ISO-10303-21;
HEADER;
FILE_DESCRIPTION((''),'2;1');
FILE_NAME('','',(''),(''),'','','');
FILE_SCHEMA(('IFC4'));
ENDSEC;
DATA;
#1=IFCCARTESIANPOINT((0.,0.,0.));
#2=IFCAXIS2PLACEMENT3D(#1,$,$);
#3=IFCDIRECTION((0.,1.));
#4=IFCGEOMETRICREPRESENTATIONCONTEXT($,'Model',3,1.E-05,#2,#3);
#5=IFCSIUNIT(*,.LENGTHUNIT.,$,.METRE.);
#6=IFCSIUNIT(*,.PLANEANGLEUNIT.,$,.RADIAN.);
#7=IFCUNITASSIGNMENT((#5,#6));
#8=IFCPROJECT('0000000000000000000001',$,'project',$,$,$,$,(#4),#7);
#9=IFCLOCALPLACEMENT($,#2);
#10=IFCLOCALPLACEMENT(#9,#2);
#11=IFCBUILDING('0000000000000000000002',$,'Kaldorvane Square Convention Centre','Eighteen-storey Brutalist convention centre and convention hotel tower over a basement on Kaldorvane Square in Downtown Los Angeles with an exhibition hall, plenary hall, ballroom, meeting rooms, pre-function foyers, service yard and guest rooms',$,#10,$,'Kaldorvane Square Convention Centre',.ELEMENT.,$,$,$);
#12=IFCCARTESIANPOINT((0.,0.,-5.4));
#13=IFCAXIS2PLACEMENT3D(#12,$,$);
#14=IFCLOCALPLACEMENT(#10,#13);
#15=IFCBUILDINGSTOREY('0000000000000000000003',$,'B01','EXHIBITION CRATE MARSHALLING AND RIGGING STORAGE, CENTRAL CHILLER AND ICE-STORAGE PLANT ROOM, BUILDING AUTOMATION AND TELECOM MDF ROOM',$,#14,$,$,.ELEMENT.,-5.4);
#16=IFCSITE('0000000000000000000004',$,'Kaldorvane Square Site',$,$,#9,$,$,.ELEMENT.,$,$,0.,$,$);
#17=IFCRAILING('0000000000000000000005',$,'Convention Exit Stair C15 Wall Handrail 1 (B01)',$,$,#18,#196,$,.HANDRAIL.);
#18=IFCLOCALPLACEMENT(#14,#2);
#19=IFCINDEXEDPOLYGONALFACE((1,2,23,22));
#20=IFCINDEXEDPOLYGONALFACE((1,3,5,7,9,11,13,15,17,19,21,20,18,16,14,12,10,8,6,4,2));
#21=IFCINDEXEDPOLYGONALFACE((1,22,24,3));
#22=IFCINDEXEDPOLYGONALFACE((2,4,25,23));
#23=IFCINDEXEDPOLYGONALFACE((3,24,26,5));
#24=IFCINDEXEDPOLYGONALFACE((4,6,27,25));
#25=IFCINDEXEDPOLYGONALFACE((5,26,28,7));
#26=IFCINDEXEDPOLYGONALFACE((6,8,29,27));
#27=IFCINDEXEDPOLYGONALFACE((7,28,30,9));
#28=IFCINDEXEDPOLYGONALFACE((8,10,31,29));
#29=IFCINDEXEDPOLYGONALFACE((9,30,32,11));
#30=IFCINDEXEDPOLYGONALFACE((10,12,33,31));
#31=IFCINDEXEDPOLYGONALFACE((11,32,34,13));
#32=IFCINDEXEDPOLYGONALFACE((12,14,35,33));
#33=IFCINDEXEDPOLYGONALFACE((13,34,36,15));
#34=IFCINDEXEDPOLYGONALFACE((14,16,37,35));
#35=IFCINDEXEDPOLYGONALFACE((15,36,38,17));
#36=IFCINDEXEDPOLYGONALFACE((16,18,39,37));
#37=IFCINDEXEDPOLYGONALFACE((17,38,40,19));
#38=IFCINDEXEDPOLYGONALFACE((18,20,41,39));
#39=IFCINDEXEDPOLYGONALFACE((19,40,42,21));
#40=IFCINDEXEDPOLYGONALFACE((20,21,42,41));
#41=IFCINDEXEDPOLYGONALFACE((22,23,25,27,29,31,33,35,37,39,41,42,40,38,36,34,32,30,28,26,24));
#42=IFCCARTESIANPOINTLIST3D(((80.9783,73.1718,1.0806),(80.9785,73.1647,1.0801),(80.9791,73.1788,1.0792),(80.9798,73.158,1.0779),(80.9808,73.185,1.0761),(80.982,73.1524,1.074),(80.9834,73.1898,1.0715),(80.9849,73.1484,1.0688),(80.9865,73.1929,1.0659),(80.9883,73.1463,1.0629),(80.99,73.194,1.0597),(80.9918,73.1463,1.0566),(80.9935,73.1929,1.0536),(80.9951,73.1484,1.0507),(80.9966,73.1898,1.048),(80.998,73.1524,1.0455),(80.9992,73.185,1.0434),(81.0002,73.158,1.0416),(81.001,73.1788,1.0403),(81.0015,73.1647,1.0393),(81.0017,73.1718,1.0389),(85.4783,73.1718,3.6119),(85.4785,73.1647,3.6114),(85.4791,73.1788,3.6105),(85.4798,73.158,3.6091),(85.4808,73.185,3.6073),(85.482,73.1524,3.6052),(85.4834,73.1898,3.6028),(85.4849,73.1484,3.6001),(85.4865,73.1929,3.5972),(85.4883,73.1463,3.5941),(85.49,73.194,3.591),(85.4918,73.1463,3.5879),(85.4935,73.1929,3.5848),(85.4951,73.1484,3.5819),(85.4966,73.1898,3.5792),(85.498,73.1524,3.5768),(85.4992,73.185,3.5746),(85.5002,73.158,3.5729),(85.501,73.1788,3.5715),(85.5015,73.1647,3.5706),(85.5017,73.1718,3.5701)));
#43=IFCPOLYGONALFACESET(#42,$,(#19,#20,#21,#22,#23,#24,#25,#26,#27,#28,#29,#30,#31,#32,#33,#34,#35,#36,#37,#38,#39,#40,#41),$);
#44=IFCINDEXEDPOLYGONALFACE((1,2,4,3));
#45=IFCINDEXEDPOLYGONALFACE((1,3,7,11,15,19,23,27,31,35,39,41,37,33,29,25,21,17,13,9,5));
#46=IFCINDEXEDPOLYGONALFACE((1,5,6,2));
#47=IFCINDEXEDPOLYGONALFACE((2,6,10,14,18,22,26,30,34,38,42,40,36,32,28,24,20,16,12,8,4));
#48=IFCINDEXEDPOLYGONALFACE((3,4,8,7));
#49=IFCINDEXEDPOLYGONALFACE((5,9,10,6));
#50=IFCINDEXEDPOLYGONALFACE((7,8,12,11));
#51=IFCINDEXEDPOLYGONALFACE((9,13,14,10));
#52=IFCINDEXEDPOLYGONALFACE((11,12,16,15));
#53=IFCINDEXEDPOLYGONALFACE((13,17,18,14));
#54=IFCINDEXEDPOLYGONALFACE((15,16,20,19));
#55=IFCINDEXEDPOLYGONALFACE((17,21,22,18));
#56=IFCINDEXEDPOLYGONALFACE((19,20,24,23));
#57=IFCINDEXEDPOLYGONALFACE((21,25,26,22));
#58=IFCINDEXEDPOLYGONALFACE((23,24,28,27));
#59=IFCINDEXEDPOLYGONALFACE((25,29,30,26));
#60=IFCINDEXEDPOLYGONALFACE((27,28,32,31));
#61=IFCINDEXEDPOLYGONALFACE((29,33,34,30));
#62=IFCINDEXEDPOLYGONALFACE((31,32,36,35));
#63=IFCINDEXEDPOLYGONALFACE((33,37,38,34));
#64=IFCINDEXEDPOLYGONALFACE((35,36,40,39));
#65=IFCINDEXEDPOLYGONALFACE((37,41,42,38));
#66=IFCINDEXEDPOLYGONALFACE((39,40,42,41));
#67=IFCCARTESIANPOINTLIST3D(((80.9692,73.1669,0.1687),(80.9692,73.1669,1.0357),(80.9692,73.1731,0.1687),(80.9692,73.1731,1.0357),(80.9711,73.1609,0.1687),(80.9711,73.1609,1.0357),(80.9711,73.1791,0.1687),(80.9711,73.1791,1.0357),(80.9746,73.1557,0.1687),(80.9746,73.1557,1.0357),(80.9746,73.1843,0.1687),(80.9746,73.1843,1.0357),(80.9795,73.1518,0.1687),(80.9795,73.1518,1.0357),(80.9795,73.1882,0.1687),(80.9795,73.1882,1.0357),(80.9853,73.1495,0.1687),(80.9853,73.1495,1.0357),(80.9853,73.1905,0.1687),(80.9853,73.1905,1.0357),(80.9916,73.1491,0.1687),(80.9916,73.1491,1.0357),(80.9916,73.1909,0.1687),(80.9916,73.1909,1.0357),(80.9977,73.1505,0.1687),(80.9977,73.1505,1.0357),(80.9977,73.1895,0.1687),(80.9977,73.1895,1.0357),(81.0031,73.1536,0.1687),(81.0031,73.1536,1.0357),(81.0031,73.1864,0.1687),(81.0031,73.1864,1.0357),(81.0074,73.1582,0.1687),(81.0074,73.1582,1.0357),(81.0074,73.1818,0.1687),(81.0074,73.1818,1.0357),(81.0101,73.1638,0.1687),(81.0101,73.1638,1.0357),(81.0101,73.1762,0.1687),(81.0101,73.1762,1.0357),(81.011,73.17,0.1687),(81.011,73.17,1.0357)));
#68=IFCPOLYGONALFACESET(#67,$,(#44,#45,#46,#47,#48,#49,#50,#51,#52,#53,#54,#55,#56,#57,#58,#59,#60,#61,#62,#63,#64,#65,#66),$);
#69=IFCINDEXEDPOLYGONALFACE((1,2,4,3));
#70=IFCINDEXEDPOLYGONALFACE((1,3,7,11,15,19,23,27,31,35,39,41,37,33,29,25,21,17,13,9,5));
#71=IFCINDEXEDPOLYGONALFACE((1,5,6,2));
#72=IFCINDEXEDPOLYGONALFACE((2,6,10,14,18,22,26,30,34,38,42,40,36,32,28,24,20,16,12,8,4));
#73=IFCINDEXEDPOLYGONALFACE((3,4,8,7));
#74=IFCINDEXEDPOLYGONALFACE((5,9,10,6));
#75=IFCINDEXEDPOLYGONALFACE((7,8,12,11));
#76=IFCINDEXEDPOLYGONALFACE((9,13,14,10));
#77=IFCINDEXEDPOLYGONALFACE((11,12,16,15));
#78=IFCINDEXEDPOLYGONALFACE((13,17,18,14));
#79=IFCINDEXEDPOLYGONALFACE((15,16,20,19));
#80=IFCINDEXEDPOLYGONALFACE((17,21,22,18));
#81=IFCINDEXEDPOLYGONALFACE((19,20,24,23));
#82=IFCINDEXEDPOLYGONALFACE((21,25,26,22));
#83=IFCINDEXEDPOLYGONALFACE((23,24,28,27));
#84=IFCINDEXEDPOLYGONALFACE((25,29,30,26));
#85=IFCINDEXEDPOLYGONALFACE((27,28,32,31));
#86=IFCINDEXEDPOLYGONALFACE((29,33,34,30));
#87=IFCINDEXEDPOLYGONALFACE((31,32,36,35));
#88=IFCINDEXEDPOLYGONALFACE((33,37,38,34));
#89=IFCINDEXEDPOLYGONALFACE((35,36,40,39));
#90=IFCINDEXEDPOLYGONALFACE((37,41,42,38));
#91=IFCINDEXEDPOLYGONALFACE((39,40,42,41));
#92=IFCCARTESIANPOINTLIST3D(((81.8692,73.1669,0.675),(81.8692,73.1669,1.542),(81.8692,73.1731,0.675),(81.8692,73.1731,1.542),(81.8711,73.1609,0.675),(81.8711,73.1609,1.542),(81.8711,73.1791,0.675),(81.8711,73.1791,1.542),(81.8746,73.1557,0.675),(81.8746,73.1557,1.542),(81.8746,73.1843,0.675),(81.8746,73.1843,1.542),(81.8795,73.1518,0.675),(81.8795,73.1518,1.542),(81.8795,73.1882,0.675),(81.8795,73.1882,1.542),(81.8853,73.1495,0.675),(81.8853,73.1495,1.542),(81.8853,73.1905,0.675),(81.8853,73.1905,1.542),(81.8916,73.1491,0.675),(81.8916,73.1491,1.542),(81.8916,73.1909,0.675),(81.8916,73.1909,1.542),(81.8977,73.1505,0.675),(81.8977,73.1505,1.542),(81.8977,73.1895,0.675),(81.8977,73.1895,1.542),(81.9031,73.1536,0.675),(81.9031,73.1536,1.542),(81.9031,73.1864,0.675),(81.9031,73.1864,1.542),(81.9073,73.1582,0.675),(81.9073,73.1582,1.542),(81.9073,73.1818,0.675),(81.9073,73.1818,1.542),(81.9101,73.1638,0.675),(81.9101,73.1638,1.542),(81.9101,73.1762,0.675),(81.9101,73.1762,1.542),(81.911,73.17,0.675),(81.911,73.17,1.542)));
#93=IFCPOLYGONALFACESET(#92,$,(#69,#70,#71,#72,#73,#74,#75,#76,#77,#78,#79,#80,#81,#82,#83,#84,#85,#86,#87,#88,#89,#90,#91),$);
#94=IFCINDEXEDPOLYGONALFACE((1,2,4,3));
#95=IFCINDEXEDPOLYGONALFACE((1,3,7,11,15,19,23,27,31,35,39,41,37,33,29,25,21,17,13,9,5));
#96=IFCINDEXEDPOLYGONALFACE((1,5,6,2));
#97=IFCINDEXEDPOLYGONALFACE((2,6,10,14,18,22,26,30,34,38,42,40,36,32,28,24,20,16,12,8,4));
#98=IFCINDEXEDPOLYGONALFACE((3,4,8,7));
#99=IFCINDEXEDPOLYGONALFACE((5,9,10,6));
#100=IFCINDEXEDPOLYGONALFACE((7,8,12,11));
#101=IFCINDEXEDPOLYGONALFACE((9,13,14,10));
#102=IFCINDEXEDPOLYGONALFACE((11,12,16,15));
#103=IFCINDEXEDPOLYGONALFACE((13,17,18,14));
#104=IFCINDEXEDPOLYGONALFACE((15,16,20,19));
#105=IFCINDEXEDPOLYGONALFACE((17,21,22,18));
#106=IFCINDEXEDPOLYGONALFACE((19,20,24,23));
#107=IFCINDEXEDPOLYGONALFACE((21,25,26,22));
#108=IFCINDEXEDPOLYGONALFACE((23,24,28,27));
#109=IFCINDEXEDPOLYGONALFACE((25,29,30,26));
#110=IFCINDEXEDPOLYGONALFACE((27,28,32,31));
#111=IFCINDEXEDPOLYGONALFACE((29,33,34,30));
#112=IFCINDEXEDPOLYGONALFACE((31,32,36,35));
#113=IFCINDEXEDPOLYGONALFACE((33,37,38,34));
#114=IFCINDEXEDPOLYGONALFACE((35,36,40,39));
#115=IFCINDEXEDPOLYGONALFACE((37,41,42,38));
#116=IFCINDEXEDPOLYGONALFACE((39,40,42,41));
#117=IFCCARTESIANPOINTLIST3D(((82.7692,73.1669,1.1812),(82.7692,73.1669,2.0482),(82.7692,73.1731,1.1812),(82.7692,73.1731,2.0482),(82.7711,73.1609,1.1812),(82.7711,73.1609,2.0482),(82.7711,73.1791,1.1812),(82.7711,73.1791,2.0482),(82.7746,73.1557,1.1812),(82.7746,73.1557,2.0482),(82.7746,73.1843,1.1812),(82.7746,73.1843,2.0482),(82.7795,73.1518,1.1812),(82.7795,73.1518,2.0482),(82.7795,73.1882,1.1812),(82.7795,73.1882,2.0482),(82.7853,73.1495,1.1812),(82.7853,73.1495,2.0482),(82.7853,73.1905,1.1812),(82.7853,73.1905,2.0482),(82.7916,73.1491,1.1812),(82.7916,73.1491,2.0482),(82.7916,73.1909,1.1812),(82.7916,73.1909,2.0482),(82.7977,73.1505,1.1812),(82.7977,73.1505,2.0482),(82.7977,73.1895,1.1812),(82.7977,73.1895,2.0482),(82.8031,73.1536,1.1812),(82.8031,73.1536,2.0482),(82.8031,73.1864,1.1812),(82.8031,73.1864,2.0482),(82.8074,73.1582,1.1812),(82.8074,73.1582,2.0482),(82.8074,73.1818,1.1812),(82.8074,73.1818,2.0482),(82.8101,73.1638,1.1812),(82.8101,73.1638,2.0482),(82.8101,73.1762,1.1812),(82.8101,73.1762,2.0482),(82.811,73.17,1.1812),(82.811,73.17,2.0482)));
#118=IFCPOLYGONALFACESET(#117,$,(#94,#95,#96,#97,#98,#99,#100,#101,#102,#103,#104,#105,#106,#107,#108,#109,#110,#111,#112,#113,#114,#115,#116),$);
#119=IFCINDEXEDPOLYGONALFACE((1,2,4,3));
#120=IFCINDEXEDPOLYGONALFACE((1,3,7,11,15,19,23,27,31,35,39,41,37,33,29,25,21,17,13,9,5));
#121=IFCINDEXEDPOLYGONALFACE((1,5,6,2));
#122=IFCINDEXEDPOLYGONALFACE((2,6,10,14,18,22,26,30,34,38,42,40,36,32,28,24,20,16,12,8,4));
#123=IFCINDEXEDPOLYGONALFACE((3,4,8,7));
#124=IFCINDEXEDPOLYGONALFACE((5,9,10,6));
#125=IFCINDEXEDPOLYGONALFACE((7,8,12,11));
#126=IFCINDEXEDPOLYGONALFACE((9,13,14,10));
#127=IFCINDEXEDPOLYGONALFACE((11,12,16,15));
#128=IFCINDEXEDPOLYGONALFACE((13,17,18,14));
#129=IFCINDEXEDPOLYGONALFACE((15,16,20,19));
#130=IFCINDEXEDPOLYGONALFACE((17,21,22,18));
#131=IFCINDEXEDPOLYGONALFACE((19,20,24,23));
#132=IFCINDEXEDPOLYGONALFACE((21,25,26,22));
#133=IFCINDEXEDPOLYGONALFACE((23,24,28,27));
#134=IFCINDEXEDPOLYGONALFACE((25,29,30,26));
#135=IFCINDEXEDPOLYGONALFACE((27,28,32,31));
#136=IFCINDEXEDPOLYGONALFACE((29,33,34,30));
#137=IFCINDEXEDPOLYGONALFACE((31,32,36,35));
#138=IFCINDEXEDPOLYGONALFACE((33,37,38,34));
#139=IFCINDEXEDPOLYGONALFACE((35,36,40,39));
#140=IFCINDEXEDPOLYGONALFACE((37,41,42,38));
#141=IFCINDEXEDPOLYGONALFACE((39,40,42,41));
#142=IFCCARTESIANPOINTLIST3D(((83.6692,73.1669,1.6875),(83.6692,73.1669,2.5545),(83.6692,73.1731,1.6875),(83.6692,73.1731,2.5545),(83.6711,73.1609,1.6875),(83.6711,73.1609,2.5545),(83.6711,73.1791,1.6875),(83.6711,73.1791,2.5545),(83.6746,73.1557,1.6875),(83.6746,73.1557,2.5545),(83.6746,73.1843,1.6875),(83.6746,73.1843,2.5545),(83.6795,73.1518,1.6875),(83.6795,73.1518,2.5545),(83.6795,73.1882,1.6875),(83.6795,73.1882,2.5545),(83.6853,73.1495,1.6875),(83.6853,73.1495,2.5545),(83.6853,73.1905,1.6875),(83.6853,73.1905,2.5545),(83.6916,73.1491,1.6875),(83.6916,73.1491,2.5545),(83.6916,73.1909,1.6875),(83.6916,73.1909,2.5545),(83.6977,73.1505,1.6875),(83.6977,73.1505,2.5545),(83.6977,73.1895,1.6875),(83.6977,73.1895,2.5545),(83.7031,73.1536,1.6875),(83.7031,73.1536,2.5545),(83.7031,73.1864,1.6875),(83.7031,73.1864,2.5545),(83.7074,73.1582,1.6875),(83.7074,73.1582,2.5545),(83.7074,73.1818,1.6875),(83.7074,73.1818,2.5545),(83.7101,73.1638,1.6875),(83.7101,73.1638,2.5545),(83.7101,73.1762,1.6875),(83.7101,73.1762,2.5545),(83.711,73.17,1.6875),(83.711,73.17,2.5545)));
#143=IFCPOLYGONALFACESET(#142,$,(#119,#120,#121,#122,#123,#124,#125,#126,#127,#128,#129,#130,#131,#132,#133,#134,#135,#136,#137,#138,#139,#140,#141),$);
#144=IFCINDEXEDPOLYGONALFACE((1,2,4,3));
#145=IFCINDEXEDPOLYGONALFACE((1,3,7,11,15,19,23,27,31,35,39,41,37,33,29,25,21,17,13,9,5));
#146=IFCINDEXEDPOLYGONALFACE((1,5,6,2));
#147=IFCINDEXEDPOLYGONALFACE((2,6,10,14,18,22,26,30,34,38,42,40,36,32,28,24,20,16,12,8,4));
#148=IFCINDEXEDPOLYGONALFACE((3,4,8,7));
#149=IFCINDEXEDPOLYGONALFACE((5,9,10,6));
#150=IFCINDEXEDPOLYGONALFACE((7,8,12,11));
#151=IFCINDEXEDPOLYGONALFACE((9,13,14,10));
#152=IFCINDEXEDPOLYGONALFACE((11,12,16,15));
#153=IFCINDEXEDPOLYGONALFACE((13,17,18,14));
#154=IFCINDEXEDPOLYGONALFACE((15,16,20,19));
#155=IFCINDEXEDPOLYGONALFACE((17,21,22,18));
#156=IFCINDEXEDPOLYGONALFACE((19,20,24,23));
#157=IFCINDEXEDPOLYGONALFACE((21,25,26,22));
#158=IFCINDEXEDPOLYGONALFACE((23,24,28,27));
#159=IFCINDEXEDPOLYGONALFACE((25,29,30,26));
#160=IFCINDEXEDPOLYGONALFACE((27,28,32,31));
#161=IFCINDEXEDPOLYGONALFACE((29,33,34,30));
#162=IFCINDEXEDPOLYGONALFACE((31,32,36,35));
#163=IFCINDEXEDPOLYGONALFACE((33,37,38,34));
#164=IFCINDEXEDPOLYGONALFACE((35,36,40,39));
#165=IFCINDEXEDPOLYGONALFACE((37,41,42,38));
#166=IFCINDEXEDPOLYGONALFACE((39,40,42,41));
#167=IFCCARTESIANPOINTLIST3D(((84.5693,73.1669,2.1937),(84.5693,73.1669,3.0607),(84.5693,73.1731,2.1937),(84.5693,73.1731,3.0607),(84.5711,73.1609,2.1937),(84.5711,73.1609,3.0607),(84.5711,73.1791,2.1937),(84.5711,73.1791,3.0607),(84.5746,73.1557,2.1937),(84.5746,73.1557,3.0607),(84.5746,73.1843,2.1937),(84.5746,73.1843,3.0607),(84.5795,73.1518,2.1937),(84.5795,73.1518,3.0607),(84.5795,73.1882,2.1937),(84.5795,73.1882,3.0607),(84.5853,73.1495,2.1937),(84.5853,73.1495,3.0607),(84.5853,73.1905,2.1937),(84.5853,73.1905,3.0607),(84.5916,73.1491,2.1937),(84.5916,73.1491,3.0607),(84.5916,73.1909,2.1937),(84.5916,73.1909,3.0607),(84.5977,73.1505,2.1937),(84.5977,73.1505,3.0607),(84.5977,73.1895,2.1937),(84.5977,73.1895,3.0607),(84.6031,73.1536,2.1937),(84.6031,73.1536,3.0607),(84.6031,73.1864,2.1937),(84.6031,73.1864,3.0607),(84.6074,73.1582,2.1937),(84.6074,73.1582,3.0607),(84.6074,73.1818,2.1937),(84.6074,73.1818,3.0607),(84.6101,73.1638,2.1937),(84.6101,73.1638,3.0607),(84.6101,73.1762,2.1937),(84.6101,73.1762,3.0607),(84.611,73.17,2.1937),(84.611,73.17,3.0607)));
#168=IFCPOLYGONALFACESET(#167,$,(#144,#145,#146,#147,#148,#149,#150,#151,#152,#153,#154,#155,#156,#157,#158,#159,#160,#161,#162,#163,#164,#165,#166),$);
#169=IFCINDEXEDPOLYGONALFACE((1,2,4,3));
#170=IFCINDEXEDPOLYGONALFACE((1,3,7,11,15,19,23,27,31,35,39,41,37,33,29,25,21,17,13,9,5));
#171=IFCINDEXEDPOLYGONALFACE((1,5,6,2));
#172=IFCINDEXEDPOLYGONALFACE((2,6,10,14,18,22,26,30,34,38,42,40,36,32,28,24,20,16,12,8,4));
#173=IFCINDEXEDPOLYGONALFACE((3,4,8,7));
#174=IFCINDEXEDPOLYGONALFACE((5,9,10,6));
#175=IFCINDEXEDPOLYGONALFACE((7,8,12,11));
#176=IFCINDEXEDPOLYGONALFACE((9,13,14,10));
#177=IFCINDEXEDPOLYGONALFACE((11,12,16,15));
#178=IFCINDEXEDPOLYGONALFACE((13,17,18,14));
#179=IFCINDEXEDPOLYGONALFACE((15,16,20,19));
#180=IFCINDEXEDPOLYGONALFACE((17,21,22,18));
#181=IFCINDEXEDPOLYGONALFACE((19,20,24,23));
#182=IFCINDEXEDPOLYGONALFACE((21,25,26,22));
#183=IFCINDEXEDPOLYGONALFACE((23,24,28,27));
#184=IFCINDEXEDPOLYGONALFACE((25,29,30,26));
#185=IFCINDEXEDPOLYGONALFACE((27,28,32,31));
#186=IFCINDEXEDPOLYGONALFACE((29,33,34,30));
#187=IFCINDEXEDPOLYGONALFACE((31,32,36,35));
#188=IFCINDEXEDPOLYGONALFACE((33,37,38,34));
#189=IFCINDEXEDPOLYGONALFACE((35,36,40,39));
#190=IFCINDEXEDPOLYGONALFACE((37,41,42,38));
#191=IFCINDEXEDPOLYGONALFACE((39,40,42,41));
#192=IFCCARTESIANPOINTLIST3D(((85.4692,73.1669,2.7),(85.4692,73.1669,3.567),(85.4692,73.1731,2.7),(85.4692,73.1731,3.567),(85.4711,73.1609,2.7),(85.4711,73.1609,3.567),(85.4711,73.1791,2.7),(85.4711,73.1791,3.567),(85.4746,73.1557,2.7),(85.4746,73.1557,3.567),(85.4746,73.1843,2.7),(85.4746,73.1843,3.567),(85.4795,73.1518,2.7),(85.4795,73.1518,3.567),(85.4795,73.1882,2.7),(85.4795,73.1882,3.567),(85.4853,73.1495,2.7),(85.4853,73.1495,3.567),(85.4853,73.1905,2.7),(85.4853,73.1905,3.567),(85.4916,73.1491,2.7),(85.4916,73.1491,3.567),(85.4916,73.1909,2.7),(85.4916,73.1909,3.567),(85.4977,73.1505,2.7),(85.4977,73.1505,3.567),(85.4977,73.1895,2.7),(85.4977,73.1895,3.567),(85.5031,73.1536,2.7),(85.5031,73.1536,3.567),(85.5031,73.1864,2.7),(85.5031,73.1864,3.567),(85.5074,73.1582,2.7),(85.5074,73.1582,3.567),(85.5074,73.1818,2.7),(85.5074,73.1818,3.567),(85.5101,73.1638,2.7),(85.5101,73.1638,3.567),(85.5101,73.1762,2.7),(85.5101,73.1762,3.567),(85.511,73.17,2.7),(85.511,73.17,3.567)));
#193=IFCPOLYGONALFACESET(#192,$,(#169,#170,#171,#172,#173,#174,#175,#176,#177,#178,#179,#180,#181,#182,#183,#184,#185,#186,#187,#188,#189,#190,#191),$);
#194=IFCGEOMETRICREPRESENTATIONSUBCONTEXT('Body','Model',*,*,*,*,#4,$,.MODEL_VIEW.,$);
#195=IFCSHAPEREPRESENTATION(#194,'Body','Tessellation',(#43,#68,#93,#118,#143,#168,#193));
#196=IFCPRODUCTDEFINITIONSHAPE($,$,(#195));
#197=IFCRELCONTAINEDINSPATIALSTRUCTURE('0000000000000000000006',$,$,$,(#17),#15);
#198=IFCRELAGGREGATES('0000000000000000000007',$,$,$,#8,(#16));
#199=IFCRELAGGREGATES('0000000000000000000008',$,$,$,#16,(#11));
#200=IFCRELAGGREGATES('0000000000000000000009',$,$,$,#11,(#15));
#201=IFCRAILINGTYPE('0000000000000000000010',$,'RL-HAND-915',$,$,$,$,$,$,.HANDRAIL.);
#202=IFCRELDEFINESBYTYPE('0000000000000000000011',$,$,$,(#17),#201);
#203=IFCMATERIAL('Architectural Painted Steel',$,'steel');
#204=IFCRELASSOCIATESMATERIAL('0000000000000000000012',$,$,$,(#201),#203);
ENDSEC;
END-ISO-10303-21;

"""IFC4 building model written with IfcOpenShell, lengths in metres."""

from ifc_helpers import new_model, si_unit, direction, frame, origin, origin_2d, place, context, subcontext, project, spatial, circle, extrude, material, type_object, element, save


model = new_model("IFC4")

# Units and contexts
model_context = context("Model", 3, precision=1e-05, world=origin(), true_north=direction((0.0, 1.0)))
body_context = subcontext(model_context, "Body", "Model", "MODEL_VIEW")
ifc_project = project(units=[si_unit("LENGTHUNIT", "METRE"), si_unit("PLANEANGLEUNIT", "RADIAN")], contexts=[model_context])

# Site, building, storey
site_placement = place(None, origin())
site = spatial("IfcSite", under=ifc_project, at=site_placement, Name="Kaldorvane Square Site", CompositionType="ELEMENT", RefElevation=0.0)
building_placement = place(site_placement, origin())
building = spatial("IfcBuilding", under=site, at=building_placement, Name="Kaldorvane Square Convention Centre", Description="Eighteen-storey Brutalist convention centre and convention hotel tower over a basement on Kaldorvane Square in Downtown Los Angeles with an exhibition hall, plenary hall, ballroom, meeting rooms, pre-function foyers, service yard and guest rooms", LongName="Kaldorvane Square Convention Centre", CompositionType="ELEMENT")
storey_placement = place(building_placement, frame((0.0, 0.0, -5.4)))
storey = spatial("IfcBuildingStorey", under=building, at=storey_placement, Name="B01", Description="EXHIBITION CRATE MARSHALLING AND RIGGING STORAGE, CENTRAL CHILLER AND ICE-STORAGE PLANT ROOM, BUILDING AUTOMATION AND TELECOM MDF ROOM", CompositionType="ELEMENT", Elevation=-5.4)

# Railing
ifc_material_1 = material(Name="Architectural Painted Steel", Category="steel")
railing_type_1 = type_object("IfcRailingType", Name="RL-HAND-915", PredefinedType="HANDRAIL", material=ifc_material_1)
railing_1_placement = place(storey_placement, frame((80.99, 73.17, 0.1687)))
element("IfcRailing", 1, at=railing_1_placement, inside=storey, type_object=railing_type_1, Name="Convention Exit Stair C15 Wall Handrail 1 (B01)", PredefinedType="HANDRAIL", context=body_context, shape_type="SweptSolid", body=[
    extrude(circle(Radius=0.024, at=origin_2d()), frame((0.0, 0.0, 0.891), z_axis=(0.871576, 0.0, 0.490261), x_axis=(0.0, 1.0, 0.0)), (0.0, 0.0, 1.0), 5.1631),
    extrude(circle(Radius=0.021, at=origin_2d()), origin(), (0.0, 0.0, 1.0), 0.867),
    extrude(circle(Radius=0.021, at=origin_2d()), frame((0.9, 0.0, 0.5063)), (0.0, 0.0, 1.0), 0.867),
    extrude(circle(Radius=0.021, at=origin_2d()), frame((1.8, 0.0, 1.0125)), (0.0, 0.0, 1.0), 0.867),
    extrude(circle(Radius=0.021, at=origin_2d()), frame((2.7, 0.0, 1.5188)), (0.0, 0.0, 1.0), 0.867),
    extrude(circle(Radius=0.021, at=origin_2d()), frame((3.6, 0.0, 2.025)), (0.0, 0.0, 1.0), 0.867),
    extrude(circle(Radius=0.021, at=origin_2d()), frame((4.5, 0.0, 2.5312)), (0.0, 0.0, 1.0), 0.867),
])

save(model, "model.ifc")
